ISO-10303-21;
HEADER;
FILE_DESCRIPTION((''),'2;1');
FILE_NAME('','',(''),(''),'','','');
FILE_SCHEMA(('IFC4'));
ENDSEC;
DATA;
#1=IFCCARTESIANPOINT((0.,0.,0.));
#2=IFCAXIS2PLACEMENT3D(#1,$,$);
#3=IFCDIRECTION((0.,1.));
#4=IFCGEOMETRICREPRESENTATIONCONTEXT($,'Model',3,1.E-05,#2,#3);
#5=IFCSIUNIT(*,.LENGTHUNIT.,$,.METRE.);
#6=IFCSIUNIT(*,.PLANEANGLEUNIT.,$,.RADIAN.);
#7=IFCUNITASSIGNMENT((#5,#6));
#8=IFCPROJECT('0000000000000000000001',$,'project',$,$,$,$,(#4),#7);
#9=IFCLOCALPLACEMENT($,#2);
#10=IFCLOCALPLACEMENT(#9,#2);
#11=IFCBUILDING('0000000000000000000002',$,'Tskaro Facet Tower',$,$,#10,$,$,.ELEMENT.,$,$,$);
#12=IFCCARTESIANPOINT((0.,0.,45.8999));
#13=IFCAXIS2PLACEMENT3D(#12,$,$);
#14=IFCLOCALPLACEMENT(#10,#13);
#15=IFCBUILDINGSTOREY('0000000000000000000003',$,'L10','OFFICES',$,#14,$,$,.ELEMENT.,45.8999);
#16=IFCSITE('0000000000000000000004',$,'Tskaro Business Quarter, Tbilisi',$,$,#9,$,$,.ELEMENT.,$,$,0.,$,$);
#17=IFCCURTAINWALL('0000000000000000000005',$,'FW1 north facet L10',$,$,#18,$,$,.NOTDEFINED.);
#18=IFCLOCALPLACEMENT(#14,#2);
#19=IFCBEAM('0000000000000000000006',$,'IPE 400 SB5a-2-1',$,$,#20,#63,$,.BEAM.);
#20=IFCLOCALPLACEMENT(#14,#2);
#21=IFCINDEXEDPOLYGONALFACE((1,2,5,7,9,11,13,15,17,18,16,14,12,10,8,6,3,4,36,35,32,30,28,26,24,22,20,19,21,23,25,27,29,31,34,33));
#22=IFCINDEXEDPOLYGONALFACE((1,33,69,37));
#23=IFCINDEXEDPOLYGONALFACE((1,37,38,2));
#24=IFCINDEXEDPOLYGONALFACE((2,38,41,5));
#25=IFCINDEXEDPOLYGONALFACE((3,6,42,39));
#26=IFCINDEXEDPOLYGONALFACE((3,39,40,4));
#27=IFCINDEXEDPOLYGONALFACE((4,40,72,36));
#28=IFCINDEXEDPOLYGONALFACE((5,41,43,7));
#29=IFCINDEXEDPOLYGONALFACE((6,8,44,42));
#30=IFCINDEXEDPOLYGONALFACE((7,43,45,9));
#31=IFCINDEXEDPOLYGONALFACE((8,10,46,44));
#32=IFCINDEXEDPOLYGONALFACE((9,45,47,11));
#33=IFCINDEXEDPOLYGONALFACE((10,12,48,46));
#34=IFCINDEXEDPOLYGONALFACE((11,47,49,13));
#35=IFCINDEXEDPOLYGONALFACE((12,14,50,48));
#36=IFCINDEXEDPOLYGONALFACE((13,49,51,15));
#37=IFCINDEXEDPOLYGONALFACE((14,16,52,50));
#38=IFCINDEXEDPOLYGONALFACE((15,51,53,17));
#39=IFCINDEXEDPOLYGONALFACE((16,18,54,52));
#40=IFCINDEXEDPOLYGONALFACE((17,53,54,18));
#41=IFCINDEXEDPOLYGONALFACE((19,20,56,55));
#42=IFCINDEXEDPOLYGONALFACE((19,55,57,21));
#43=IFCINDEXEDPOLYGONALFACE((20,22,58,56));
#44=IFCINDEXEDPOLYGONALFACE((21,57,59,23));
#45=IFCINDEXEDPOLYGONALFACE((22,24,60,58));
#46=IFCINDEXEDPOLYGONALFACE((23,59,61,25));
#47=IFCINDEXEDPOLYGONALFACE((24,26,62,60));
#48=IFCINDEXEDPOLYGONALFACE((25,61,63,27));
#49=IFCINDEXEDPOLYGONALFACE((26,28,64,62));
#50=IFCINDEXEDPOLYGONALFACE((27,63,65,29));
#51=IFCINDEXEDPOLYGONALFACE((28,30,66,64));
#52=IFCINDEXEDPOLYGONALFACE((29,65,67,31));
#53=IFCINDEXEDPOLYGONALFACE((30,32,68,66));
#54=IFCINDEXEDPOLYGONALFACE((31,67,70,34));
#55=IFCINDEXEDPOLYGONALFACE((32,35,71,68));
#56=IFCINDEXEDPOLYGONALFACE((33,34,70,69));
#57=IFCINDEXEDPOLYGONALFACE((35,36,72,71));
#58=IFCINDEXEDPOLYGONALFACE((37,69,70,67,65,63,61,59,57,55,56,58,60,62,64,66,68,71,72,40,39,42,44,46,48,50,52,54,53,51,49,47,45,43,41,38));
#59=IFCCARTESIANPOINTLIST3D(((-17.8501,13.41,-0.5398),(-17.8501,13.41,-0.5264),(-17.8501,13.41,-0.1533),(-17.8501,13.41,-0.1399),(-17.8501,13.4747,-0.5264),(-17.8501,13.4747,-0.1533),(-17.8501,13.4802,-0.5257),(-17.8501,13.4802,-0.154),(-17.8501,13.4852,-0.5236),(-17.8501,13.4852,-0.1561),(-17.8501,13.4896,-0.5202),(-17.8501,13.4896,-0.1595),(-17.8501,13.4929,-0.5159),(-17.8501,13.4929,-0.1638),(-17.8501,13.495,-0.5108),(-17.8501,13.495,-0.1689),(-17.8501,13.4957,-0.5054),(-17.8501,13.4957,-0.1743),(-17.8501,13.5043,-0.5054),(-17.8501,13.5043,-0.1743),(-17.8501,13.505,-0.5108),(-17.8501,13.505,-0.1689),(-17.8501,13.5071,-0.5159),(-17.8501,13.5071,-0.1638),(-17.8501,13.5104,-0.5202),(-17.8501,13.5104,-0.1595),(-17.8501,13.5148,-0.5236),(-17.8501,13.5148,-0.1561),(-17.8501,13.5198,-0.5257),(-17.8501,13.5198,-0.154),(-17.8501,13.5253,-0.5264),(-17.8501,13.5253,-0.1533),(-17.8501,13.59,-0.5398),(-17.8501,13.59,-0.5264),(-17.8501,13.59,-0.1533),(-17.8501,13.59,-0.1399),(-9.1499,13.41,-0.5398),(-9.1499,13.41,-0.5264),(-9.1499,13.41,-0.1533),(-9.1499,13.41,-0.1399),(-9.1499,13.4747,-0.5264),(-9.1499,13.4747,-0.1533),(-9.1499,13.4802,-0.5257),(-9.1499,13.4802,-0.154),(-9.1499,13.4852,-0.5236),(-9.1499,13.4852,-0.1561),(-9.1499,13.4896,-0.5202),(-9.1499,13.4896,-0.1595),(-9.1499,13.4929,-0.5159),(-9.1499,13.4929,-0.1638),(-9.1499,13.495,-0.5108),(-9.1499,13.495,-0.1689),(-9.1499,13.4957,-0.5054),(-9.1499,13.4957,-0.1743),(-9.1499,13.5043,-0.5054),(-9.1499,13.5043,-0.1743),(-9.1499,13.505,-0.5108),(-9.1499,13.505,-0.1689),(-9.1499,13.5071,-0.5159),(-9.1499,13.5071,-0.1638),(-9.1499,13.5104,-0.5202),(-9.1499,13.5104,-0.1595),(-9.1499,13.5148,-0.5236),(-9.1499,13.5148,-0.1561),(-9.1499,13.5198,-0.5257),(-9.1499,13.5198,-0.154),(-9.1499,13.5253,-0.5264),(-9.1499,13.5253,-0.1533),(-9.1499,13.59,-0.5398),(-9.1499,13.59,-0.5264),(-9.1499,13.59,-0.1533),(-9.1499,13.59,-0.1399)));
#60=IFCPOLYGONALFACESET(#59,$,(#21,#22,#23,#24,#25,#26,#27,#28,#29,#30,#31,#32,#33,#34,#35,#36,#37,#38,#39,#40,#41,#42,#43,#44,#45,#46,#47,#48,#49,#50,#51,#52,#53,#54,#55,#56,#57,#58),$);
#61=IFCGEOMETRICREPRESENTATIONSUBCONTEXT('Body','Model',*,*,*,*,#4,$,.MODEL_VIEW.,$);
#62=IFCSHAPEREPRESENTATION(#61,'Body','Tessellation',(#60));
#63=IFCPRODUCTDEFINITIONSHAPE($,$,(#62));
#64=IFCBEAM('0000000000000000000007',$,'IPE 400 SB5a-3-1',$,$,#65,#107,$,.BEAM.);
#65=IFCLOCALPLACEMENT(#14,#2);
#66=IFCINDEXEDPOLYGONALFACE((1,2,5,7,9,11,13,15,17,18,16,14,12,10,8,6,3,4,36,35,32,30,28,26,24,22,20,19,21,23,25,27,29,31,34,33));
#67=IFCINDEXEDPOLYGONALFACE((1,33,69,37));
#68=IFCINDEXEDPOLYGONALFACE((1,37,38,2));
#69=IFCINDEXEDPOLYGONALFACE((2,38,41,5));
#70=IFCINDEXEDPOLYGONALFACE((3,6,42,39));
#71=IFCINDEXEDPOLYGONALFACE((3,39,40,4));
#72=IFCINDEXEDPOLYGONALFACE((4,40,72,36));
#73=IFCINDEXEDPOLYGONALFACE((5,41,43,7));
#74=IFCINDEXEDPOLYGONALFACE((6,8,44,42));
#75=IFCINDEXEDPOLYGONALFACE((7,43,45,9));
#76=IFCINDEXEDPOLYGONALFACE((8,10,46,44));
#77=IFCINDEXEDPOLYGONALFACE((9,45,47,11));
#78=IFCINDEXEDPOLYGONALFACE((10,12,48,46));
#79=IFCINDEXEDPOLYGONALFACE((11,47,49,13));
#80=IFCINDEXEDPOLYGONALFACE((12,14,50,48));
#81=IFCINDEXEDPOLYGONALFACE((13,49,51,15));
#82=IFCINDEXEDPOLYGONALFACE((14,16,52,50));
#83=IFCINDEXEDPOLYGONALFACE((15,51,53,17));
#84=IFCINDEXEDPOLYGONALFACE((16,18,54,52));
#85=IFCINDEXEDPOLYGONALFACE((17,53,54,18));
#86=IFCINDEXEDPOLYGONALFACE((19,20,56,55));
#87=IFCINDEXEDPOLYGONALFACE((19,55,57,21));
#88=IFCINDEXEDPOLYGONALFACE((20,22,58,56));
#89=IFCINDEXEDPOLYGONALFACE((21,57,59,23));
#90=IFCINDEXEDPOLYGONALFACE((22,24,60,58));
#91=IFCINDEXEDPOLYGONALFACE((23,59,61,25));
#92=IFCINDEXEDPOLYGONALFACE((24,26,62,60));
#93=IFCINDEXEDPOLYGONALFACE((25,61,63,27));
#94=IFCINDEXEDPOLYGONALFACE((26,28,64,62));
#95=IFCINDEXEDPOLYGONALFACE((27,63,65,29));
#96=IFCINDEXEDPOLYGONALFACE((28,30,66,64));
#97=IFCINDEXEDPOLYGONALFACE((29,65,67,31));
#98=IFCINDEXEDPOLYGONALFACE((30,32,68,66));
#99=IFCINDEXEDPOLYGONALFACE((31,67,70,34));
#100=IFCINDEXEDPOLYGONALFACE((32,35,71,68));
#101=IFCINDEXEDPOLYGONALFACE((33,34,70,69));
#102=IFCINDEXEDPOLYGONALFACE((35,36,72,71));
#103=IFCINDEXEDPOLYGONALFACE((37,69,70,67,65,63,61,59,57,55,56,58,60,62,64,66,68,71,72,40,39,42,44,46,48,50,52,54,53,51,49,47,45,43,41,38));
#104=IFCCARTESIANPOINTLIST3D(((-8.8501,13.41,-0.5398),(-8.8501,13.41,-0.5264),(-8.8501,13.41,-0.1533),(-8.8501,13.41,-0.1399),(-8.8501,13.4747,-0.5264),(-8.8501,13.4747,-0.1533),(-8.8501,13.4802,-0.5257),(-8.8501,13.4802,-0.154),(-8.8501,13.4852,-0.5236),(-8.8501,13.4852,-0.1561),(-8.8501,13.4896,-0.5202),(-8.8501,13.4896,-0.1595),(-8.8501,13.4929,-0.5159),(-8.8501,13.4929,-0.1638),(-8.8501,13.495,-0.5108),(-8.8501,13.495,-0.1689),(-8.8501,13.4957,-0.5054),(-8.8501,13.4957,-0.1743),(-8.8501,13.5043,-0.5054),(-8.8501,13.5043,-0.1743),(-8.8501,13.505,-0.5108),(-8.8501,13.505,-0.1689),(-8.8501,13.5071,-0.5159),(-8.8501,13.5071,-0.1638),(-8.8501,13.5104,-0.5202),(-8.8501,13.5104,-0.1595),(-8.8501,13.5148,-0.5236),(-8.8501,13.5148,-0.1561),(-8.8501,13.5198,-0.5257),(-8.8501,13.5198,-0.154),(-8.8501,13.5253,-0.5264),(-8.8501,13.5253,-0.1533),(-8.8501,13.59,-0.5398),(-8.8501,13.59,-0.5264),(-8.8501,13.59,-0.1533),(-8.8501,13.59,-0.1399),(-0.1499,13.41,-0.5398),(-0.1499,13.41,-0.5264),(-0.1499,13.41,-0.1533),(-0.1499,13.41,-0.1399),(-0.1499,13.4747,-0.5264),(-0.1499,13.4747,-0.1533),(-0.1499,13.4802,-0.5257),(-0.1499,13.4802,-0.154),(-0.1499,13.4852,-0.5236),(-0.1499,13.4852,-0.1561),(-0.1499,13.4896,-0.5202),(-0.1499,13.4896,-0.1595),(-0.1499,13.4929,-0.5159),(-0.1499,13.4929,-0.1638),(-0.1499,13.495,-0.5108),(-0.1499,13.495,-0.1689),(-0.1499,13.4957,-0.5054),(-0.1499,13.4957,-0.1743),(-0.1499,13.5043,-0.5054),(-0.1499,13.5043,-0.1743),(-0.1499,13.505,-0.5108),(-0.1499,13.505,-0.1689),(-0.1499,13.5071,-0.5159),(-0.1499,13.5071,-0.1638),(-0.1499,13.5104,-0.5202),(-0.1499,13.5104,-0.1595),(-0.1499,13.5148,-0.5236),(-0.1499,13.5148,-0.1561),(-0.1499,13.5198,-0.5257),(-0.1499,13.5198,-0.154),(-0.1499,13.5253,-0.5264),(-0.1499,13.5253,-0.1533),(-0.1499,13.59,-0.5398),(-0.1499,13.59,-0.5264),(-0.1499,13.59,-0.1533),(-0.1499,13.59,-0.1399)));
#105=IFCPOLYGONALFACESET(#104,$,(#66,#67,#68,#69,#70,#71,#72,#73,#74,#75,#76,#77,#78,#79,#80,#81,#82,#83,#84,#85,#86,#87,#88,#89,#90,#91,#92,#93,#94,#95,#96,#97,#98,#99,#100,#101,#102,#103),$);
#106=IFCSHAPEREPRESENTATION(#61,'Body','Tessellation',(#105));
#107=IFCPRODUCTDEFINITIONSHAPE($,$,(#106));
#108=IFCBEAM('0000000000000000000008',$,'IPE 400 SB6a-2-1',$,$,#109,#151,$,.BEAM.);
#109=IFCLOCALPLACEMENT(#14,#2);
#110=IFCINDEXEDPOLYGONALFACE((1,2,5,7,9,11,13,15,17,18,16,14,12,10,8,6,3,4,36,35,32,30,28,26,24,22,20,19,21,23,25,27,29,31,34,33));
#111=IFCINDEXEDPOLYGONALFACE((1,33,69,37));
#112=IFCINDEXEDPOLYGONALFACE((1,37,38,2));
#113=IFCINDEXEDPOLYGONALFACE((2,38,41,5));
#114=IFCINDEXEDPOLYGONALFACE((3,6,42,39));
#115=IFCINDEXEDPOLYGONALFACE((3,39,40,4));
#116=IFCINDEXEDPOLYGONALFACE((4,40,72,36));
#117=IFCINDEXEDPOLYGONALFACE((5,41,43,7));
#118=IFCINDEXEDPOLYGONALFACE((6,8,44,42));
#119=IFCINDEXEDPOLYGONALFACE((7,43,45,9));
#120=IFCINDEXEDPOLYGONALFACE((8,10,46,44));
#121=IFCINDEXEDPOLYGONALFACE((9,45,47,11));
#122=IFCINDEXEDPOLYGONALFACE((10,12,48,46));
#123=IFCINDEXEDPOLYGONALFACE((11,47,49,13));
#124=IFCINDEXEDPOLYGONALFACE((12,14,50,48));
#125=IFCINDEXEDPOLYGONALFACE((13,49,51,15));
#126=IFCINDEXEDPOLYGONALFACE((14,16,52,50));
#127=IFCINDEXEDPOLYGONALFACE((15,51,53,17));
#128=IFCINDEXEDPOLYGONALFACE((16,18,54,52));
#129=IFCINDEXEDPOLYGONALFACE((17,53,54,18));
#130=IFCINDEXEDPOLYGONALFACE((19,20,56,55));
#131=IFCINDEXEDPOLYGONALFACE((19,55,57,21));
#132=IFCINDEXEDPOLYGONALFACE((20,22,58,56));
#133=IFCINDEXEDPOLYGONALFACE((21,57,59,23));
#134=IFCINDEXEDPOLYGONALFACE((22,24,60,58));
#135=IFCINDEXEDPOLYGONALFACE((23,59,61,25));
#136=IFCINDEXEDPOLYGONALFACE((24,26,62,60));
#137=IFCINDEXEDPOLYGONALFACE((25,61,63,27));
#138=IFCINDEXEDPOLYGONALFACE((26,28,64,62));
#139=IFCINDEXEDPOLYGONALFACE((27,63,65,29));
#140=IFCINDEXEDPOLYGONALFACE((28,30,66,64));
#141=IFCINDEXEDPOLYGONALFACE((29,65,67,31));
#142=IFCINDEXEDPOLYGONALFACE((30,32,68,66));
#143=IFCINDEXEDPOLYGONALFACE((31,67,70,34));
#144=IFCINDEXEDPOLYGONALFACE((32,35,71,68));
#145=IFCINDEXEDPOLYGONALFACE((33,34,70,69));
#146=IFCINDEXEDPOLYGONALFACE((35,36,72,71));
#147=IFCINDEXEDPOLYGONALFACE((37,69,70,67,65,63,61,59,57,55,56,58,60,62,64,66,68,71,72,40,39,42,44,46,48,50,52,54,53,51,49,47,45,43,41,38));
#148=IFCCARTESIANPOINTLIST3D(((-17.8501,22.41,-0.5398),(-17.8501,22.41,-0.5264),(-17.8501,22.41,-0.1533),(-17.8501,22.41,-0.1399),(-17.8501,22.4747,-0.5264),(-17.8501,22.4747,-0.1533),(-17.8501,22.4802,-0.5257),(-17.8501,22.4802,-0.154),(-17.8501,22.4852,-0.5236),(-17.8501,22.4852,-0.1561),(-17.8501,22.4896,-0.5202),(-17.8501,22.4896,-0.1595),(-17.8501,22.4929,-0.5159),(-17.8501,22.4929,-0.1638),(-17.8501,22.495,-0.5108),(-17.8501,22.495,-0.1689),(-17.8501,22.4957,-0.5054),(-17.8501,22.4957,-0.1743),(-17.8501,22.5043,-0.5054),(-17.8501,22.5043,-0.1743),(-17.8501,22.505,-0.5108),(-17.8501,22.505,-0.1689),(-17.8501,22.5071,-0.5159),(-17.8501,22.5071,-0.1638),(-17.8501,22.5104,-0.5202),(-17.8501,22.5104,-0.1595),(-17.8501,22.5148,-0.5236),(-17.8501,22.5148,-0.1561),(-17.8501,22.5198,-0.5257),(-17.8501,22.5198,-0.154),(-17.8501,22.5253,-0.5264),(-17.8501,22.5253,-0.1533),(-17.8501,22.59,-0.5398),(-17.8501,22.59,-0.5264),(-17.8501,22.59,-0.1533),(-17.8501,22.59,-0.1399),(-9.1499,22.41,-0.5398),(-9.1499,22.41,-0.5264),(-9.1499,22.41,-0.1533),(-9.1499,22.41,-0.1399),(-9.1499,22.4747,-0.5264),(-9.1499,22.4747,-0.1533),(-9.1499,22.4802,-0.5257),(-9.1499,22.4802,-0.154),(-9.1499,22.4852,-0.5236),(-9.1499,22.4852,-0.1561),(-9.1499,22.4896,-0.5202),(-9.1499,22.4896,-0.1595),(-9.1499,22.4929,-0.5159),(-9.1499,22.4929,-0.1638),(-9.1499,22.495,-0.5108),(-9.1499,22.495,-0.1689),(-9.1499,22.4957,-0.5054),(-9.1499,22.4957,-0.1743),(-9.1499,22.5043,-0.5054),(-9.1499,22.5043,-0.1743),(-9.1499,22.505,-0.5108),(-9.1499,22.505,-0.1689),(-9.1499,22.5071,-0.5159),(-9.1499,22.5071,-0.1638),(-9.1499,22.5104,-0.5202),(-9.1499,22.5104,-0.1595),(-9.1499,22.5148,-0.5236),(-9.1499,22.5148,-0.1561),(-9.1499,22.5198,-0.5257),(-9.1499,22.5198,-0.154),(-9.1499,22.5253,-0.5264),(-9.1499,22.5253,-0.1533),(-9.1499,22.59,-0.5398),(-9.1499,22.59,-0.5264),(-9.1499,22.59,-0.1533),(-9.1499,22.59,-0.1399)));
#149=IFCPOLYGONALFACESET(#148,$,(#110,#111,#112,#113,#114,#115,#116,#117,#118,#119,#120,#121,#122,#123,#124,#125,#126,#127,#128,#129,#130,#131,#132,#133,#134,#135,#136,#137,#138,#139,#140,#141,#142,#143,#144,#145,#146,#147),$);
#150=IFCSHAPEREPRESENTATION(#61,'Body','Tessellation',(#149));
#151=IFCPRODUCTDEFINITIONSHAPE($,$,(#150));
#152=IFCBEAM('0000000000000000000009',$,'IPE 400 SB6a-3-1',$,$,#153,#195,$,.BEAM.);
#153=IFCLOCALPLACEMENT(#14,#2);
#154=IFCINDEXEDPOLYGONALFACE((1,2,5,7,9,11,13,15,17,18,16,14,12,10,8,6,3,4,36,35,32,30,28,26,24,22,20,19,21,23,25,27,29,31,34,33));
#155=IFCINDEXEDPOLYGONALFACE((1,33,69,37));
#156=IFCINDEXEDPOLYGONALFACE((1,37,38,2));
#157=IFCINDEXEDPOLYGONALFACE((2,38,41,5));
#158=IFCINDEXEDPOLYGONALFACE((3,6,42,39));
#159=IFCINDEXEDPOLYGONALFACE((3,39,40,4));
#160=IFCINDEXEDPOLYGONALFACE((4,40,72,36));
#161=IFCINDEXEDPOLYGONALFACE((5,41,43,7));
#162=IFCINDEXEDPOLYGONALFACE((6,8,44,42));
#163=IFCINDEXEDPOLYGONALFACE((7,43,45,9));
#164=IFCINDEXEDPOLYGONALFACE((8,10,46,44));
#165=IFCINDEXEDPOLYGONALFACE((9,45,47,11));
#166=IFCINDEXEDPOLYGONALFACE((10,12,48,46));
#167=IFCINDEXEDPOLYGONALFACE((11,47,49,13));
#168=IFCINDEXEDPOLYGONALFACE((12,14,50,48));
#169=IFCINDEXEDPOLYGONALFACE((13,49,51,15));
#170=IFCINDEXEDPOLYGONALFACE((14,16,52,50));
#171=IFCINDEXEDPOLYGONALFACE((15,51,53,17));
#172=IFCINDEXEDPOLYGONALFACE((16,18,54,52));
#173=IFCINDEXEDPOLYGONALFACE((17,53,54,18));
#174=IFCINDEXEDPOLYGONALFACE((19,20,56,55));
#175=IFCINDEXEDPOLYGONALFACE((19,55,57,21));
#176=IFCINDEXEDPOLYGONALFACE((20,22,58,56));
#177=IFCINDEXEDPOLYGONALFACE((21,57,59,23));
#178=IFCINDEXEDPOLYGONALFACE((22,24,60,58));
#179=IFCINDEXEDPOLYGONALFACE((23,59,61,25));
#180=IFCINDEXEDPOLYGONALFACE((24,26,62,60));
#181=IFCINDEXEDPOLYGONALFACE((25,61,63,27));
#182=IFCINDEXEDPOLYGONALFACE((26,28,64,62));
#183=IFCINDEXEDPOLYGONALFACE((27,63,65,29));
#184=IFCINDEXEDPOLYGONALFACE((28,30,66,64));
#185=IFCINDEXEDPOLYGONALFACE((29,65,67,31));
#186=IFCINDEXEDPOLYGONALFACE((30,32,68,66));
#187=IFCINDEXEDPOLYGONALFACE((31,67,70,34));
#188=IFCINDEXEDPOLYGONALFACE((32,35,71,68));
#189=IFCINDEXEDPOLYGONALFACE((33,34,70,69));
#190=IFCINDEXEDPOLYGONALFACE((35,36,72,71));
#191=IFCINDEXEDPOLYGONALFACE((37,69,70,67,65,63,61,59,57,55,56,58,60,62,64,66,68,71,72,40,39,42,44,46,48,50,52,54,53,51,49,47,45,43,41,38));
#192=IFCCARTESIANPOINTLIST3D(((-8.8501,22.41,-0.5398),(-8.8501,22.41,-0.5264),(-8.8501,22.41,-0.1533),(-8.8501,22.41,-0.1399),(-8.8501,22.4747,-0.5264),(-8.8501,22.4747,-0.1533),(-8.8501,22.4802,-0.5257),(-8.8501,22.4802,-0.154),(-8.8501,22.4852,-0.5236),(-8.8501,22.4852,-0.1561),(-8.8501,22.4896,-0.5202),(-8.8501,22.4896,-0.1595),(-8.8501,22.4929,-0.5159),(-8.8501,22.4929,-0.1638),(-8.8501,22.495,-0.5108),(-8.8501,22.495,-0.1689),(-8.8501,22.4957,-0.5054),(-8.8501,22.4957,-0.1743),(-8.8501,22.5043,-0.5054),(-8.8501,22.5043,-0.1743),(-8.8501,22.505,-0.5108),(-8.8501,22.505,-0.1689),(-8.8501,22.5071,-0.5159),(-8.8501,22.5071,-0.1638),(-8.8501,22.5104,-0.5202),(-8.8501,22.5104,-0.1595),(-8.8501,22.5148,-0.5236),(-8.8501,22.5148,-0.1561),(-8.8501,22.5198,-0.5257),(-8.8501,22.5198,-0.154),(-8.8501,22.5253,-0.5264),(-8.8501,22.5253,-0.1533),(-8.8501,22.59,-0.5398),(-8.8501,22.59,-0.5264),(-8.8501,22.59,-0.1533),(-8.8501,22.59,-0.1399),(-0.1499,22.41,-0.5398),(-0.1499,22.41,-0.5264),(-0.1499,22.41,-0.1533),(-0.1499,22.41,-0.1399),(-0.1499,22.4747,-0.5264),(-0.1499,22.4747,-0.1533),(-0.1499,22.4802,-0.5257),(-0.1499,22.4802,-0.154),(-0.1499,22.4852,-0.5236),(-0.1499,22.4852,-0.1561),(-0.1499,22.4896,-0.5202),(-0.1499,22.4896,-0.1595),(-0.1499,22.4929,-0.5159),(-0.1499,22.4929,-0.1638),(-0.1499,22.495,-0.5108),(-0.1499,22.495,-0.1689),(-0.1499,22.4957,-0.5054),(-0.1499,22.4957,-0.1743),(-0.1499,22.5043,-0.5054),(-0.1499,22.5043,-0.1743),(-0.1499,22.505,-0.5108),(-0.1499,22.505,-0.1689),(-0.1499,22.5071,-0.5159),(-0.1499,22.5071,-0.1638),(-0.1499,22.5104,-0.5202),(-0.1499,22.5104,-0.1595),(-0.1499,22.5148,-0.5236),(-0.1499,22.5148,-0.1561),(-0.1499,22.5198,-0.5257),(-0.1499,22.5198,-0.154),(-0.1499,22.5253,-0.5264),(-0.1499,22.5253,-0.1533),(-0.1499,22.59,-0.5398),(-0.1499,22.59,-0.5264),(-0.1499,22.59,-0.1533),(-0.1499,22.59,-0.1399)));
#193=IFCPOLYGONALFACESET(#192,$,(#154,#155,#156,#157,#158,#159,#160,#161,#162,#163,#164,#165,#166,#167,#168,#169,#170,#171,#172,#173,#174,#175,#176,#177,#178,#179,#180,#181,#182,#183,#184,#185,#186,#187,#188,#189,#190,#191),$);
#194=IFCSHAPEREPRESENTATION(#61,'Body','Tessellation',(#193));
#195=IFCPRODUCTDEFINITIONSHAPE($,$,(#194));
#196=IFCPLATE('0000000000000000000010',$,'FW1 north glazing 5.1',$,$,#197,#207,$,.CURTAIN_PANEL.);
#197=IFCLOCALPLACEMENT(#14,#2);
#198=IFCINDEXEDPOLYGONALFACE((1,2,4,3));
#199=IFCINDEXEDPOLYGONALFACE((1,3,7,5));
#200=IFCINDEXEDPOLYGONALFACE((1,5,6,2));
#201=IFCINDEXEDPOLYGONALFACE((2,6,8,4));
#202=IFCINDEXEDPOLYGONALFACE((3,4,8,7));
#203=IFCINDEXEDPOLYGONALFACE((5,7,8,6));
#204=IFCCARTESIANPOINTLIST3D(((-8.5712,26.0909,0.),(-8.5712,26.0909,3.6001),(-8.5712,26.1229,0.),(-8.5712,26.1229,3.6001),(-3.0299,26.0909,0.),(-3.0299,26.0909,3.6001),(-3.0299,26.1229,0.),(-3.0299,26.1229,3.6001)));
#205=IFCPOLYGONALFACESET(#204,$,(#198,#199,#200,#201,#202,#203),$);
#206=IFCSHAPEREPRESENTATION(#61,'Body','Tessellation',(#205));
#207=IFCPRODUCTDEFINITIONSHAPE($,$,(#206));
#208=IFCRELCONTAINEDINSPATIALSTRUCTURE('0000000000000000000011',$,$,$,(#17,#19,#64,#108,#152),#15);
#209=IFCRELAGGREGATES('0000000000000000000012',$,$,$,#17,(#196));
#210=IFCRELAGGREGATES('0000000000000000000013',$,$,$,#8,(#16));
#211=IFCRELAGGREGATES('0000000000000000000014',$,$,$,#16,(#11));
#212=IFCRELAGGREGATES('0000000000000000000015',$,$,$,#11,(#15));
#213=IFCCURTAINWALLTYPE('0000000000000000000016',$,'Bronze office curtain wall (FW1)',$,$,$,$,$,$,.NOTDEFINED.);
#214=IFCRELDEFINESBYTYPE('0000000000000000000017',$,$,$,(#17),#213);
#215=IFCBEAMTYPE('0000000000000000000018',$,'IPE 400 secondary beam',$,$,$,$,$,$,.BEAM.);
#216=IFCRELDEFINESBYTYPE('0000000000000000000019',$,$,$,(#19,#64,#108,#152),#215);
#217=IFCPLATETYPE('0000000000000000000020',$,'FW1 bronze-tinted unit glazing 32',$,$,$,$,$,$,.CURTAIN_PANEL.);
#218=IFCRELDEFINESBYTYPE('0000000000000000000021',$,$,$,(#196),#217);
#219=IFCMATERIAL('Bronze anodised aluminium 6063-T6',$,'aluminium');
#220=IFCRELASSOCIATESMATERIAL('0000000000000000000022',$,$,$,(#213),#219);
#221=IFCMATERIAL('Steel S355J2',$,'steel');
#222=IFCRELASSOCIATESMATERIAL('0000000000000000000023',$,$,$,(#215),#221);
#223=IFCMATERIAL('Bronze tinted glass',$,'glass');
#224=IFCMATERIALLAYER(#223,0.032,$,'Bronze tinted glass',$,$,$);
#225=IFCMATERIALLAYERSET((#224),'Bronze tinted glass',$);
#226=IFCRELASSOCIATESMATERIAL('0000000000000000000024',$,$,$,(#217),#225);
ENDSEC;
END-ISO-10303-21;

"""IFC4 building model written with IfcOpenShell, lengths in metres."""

from ifc_helpers import new_model, si_unit, direction, frame, origin, origin_2d, place, context, subcontext, project, spatial, rectangle, i_section, extrude, material, layer, layer_set, material_profile, profile_set, type_object, element, aggregate, save


model = new_model("IFC4")

# Units and contexts
model_context = context("Model", 3, precision=1e-05, world=origin(), true_north=direction((0.0, 1.0)))
body_context = subcontext(model_context, "Body", "Model", "MODEL_VIEW")
ifc_project = project(units=[si_unit("LENGTHUNIT", "METRE"), si_unit("PLANEANGLEUNIT", "RADIAN")], contexts=[model_context])

# Site, building, storey
site_placement = place(None, origin())
site = spatial("IfcSite", under=ifc_project, at=site_placement, Name="Tskaro Business Quarter, Tbilisi", CompositionType="ELEMENT", RefElevation=0.0)
building_placement = place(site_placement, origin())
building = spatial("IfcBuilding", under=site, at=building_placement, Name="Tskaro Facet Tower", CompositionType="ELEMENT")
storey_placement = place(building_placement, frame((0.0, 0.0, 45.8999)))
storey = spatial("IfcBuildingStorey", under=building, at=storey_placement, Name="L10", Description="OFFICES", CompositionType="ELEMENT", Elevation=45.8999)

# Curtain wall
ifc_material_1 = material(Name="Bronze anodised aluminium 6063-T6", Category="aluminium")
curtain_wall_type = type_object("IfcCurtainWallType", Name="Bronze office curtain wall (FW1)", PredefinedType="NOTDEFINED", material=ifc_material_1)
curtain_wall_placement = place(storey_placement, origin())
curtain_wall = element("IfcCurtainWall", 1, at=curtain_wall_placement, inside=storey, type_object=curtain_wall_type, Name="FW1 north facet L10", PredefinedType="NOTDEFINED")

# Beams
ifc_material_2 = material(Name="Steel S355J2", Category="steel")
ifc_material_profile_1 = material_profile(ifc_material_2, i_section(OverallWidth=0.1799, OverallDepth=0.3999, WebThickness=0.0085, FlangeThickness=0.0134, FilletRadius=0.021, at=origin_2d()), Name="IPE 400")
ifc_profile_set_1 = profile_set([ifc_material_profile_1], Name="Steel S355J2")
beam_type_1 = type_object("IfcBeamType", Name="IPE 400 secondary beam", PredefinedType="BEAM", material=ifc_profile_set_1)
for number, where, z_axis, x_axis, name in (
    (2, (-17.8501, 13.5, -0.3398), (1.0, 0.0, 0.0), (0.0, 1.0, 0.0), "IPE 400 SB5a-2-1"),
    (3, (-8.8501, 13.5, -0.3398), (1.0, 0.0, 0.0), (0.0, 1.0, 0.0), "IPE 400 SB5a-3-1"),
    (4, (-17.8501, 22.5, -0.3398), (1.0, 0.0, 0.0), (0.0, 1.0, 0.0), "IPE 400 SB6a-2-1"),
    (5, (-8.8501, 22.5, -0.3398), (1.0, 0.0, 0.0), (0.0, 1.0, 0.0), "IPE 400 SB6a-3-1"),
):
    element("IfcBeam", number, at=place(storey_placement, frame(where, z_axis=z_axis, x_axis=x_axis)), inside=storey, type_object=beam_type_1, Name=name, PredefinedType="BEAM", context=body_context, shape_type="SweptSolid", body=[
        extrude(i_section(OverallWidth=0.1799, OverallDepth=0.3999, WebThickness=0.0085, FlangeThickness=0.0134, FilletRadius=0.021, at=origin_2d()), origin(), (0.0, 0.0, 1.0), 8.7002),
    ])

# Plate
ifc_material_3 = material(Name="Bronze tinted glass", Category="glass")
ifc_layer_1 = layer(ifc_material_3, 0.032, Name="Bronze tinted glass")
ifc_layer_set_1 = layer_set([ifc_layer_1], Name="Bronze tinted glass")
plate_type = type_object("IfcPlateType", Name="FW1 bronze-tinted unit glazing 32", PredefinedType="CURTAIN_PANEL", material=ifc_layer_set_1)
plate_1_placement = place(storey_placement, frame((-5.8005, 26.1069, 0.0), z_axis=(0.0, 0.0, 1.0), x_axis=(-1.0, 0.0, 0.0)))
plate_1 = element("IfcPlate", 6, at=plate_1_placement, type_object=plate_type, Name="FW1 north glazing 5.1", PredefinedType="CURTAIN_PANEL", context=body_context, shape_type="SweptSolid", body=[
    extrude(rectangle(XDim=5.5413, YDim=0.032, at=origin_2d()), origin(), (0.0, 0.0, 1.0), 3.6001),
])
aggregate(curtain_wall, [plate_1])

save(model, "model.ifc")
